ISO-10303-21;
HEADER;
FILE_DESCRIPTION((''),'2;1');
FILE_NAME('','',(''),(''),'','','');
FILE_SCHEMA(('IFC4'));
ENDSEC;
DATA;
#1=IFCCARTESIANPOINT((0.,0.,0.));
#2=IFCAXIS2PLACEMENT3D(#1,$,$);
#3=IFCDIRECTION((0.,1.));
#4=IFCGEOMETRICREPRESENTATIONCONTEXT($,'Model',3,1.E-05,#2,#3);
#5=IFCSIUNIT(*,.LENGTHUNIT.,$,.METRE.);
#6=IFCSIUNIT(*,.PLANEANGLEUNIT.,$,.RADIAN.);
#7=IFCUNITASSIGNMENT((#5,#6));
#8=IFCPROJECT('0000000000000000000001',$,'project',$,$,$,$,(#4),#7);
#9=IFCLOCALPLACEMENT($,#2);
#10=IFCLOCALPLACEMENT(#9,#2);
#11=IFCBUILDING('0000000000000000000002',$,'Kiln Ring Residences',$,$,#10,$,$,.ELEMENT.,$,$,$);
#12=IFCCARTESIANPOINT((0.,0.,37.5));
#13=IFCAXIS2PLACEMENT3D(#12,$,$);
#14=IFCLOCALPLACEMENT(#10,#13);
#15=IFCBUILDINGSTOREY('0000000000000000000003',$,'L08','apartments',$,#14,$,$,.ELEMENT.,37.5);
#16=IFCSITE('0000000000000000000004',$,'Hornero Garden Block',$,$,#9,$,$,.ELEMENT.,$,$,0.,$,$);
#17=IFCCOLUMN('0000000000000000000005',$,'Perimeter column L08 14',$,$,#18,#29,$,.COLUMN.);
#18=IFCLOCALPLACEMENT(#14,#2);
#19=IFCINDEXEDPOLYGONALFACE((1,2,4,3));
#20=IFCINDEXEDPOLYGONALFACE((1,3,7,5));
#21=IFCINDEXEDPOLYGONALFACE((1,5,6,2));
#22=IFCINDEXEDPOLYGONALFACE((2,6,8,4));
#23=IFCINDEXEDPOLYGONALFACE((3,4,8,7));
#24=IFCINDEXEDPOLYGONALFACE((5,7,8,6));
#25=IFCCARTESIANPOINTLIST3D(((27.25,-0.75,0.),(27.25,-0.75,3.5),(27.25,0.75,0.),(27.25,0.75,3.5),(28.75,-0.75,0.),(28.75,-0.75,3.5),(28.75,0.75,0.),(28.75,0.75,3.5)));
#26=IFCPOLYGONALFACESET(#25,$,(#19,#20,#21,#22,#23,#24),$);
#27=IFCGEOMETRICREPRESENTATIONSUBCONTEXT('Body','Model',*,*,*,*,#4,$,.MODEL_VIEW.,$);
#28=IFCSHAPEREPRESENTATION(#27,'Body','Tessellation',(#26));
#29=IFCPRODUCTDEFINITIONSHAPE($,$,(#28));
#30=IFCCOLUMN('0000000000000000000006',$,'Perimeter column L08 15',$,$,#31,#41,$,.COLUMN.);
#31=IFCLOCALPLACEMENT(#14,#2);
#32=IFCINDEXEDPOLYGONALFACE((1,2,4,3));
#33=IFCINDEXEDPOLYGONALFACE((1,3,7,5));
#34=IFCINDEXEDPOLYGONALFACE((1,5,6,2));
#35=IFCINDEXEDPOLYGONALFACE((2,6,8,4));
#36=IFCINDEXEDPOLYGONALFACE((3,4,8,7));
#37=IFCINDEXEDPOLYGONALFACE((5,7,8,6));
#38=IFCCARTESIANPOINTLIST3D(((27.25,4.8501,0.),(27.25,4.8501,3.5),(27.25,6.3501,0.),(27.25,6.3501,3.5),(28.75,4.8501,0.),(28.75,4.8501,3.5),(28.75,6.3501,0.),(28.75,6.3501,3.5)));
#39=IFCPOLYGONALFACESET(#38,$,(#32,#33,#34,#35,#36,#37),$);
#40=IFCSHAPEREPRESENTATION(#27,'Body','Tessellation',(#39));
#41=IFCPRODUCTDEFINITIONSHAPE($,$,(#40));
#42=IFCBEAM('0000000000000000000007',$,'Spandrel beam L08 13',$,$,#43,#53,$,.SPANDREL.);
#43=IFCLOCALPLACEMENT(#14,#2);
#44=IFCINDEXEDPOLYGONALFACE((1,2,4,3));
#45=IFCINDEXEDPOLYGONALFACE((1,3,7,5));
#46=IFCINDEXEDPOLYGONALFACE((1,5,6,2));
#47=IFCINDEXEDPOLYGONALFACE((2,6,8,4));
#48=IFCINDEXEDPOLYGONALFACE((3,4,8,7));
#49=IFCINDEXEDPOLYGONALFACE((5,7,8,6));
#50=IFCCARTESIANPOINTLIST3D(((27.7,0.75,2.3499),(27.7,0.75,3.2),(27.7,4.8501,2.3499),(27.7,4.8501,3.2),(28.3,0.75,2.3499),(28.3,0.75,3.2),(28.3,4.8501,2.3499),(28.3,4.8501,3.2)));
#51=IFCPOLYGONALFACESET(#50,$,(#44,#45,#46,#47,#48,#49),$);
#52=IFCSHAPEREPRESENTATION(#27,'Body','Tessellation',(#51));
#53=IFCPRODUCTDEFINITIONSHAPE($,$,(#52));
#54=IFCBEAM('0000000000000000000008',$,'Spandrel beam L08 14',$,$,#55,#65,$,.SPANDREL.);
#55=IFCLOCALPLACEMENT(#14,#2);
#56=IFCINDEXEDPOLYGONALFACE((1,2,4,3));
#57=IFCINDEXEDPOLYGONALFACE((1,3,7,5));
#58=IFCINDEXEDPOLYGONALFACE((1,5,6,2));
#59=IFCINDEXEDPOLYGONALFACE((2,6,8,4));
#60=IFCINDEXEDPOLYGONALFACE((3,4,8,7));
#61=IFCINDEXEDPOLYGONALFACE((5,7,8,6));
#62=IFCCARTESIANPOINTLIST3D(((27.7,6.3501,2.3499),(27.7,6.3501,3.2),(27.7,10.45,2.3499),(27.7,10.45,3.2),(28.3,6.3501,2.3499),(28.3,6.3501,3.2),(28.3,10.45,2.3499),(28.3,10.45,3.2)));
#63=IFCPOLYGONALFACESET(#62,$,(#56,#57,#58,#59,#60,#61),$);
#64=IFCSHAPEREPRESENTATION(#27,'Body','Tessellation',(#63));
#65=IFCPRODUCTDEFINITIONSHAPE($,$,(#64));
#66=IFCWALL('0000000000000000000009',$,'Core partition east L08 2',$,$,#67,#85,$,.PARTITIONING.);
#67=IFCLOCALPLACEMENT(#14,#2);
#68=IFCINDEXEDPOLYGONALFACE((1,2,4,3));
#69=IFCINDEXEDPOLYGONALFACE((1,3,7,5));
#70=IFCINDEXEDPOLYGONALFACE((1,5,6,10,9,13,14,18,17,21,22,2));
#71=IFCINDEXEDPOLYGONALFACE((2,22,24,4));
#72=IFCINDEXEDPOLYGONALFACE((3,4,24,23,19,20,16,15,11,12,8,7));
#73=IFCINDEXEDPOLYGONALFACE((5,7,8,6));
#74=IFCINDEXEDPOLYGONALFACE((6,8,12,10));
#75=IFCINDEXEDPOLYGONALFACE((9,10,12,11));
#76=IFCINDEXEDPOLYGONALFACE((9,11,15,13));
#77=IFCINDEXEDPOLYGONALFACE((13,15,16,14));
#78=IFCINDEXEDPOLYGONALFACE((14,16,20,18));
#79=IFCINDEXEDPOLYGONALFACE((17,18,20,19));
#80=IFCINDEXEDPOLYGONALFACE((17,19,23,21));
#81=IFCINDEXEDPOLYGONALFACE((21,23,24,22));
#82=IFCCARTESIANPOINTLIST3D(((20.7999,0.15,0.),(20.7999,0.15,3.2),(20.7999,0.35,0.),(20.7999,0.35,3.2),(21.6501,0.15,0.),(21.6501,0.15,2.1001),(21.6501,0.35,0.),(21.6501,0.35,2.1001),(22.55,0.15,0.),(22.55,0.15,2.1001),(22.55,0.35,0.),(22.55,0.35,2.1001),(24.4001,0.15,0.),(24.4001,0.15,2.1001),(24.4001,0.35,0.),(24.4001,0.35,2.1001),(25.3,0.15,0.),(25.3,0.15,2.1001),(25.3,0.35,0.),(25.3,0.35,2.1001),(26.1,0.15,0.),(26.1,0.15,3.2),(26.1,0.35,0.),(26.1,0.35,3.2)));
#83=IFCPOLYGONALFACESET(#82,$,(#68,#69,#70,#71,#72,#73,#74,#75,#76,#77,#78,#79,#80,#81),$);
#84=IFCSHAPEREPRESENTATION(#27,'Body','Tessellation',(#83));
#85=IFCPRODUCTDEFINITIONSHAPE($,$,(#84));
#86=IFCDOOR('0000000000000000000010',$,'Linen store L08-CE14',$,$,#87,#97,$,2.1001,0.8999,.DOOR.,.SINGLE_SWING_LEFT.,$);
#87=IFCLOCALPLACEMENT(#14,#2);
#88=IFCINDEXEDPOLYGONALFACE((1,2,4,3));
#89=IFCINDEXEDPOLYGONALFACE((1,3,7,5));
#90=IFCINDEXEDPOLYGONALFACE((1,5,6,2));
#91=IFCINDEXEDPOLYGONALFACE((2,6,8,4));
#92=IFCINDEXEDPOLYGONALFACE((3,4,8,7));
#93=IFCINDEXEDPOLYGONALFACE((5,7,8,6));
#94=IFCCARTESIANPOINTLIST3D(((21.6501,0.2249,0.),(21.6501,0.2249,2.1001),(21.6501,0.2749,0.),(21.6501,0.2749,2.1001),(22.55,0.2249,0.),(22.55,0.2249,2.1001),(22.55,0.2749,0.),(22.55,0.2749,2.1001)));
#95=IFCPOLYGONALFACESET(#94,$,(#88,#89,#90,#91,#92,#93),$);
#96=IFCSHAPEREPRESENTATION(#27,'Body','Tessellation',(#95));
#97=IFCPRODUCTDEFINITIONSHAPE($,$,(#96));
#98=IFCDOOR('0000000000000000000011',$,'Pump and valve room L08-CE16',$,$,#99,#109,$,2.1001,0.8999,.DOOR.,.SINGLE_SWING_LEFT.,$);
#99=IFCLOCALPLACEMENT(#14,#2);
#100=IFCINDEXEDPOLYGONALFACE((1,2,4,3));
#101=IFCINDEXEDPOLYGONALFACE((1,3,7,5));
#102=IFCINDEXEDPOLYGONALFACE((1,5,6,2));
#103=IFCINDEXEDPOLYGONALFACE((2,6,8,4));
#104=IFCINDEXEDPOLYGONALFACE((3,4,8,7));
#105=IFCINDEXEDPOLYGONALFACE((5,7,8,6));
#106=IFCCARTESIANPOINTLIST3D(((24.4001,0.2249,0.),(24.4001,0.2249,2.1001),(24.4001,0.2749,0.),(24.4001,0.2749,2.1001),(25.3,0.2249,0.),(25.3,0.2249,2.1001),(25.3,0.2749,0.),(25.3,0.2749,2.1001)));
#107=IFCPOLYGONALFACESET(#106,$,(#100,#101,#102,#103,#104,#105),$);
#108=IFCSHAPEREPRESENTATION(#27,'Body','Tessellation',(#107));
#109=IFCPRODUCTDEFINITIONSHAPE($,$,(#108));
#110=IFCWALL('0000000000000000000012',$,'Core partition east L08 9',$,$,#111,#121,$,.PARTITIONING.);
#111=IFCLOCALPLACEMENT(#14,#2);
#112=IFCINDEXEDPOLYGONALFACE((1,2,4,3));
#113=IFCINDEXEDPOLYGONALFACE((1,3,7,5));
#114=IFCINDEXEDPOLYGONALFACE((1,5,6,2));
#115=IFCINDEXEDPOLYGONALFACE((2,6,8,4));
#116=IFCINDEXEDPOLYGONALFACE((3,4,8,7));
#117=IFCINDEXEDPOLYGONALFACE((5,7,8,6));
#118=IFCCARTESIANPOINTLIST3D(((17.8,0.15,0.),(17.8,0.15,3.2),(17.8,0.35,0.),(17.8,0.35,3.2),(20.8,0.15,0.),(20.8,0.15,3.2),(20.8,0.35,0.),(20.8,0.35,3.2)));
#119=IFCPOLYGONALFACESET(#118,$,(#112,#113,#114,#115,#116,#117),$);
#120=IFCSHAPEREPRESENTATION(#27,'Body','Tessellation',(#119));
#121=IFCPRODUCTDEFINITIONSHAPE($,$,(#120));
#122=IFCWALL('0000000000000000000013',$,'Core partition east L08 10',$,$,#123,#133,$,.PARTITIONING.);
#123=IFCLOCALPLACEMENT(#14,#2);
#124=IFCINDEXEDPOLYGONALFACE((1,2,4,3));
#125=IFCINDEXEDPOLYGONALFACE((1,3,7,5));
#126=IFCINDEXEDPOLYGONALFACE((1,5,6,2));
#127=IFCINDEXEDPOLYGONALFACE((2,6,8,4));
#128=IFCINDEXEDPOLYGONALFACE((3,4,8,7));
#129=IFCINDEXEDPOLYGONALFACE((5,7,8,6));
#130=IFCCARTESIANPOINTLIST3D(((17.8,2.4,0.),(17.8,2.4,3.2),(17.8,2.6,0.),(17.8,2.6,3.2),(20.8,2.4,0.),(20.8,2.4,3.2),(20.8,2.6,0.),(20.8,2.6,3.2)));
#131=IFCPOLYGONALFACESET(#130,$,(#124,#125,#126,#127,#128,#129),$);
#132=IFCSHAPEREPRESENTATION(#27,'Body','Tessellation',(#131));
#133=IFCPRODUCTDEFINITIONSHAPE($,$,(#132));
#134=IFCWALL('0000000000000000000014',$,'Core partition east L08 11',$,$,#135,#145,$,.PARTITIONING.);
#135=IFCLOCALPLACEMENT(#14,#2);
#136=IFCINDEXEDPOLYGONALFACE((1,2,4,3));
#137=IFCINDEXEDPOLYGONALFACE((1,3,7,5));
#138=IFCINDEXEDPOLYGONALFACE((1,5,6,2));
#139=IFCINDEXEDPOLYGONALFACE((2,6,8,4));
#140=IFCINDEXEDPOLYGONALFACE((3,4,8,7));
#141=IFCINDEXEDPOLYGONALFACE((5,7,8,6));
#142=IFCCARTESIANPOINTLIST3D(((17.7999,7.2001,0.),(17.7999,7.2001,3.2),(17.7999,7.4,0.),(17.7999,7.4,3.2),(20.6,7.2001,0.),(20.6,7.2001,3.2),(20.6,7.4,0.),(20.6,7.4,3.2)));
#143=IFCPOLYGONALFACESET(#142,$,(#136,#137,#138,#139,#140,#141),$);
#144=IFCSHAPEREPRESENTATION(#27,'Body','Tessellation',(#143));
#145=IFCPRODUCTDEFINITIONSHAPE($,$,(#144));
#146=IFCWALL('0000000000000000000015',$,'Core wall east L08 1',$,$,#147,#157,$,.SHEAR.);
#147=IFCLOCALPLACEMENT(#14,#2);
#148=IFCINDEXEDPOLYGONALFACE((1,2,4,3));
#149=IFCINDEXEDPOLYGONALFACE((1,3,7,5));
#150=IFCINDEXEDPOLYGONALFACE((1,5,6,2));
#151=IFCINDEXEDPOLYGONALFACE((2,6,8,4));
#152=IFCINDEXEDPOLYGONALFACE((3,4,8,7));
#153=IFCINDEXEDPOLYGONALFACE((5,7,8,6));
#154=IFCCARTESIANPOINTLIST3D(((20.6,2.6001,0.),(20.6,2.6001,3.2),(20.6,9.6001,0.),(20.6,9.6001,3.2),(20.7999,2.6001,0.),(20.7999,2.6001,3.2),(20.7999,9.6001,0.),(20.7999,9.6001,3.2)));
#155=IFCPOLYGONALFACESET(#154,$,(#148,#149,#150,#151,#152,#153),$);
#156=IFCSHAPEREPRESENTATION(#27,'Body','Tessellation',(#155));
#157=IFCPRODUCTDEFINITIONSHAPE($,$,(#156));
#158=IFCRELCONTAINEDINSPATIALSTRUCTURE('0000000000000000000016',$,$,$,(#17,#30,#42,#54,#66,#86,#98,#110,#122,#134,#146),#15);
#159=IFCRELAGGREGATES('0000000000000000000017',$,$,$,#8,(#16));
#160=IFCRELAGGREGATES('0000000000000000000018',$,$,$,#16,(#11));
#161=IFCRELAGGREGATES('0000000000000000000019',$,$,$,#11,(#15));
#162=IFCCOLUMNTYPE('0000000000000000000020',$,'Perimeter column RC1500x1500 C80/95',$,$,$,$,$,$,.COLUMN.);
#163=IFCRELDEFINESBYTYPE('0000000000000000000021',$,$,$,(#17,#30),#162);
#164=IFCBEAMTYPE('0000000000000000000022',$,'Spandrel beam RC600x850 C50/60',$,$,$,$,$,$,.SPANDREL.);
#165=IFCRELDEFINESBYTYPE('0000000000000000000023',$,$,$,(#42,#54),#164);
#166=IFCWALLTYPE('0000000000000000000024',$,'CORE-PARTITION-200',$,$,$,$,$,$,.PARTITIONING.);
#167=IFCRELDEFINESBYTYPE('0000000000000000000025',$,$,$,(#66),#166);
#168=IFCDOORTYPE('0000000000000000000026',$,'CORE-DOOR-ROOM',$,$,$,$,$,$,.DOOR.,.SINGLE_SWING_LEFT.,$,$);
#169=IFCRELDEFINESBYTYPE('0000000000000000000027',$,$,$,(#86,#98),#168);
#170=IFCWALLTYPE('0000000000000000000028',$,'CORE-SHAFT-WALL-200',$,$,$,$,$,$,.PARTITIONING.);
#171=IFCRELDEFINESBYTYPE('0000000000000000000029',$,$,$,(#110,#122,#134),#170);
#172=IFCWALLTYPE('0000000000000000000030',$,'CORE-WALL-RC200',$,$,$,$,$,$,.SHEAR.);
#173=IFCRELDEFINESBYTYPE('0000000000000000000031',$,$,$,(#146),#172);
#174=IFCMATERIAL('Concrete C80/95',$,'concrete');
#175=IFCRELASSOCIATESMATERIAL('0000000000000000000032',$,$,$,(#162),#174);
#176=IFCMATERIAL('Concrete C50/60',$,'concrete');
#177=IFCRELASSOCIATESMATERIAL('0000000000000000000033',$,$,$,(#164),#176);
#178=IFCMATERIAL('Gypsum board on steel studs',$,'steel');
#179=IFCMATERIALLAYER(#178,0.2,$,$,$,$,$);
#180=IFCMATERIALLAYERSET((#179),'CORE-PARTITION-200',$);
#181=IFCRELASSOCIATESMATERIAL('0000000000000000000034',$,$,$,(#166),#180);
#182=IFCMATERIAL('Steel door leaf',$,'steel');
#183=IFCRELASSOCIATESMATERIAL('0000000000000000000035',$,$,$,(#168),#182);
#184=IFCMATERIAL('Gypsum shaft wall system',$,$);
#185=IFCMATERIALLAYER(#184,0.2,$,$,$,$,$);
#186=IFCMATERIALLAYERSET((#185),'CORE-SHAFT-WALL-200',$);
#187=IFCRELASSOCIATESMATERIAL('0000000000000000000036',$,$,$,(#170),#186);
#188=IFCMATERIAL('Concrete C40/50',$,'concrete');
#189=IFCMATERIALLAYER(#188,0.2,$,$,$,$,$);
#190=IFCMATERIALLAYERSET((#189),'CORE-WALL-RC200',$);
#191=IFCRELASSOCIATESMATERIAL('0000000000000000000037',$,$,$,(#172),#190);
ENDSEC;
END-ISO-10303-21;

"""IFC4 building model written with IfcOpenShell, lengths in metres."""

from ifc_helpers import new_model, si_unit, direction, frame, frame_2d, origin, origin_2d, place, context, subcontext, project, spatial, rectangle, extrude, material, layer, layer_set, material_profile, profile_set, type_object, element, fill, save


model = new_model("IFC4")

# Units and contexts
model_context = context("Model", 3, precision=1e-05, world=origin(), true_north=direction((0.0, 1.0)))
body_context = subcontext(model_context, "Body", "Model", "MODEL_VIEW")
ifc_project = project(units=[si_unit("LENGTHUNIT", "METRE"), si_unit("PLANEANGLEUNIT", "RADIAN")], contexts=[model_context])

# Site, building, storey
site_placement = place(None, origin())
site = spatial("IfcSite", under=ifc_project, at=site_placement, Name="Hornero Garden Block", CompositionType="ELEMENT", RefElevation=0.0)
building_placement = place(site_placement, origin())
building = spatial("IfcBuilding", under=site, at=building_placement, Name="Kiln Ring Residences", CompositionType="ELEMENT")
storey_placement = place(building_placement, frame((0.0, 0.0, 37.5)))
storey = spatial("IfcBuildingStorey", under=building, at=storey_placement, Name="L08", Description="apartments", CompositionType="ELEMENT", Elevation=37.5)

# Columns
ifc_material_1 = material(Name="Concrete C80/95", Category="concrete")
ifc_material_profile_1 = material_profile(ifc_material_1, rectangle(XDim=1.5, YDim=1.5, at=origin_2d()), Name="RC1500x1500")
ifc_profile_set_1 = profile_set([ifc_material_profile_1], Name="Concrete C80/95")
column_type = type_object("IfcColumnType", Name="Perimeter column RC1500x1500 C80/95", PredefinedType="COLUMN", material=ifc_profile_set_1)
for number, where, z_axis, x_axis, name in (
    (1, (28.0, 0.0, 0.0), (0.0, 0.0, 1.0), (1.0, 0.0, 0.0), "Perimeter column L08 14"),
    (2, (28.0, 5.6001, 0.0), (0.0, 0.0, 1.0), (1.0, 0.0, 0.0), "Perimeter column L08 15"),
):
    element("IfcColumn", number, at=place(storey_placement, frame(where, z_axis=z_axis, x_axis=x_axis)), inside=storey, type_object=column_type, Name=name, PredefinedType="COLUMN", context=body_context, shape_type="SweptSolid", body=[
        extrude(rectangle(XDim=1.5, YDim=1.5, at=origin_2d()), origin(), (0.0, 0.0, 1.0), 3.5),
    ])

# Beams
ifc_material_2 = material(Name="Concrete C50/60", Category="concrete")
ifc_material_profile_2 = material_profile(ifc_material_2, rectangle(XDim=0.6001, YDim=0.8501, at=origin_2d()), Name="RC600x850")
ifc_profile_set_2 = profile_set([ifc_material_profile_2], Name="Concrete C50/60")
beam_type = type_object("IfcBeamType", Name="Spandrel beam RC600x850 C50/60", PredefinedType="SPANDREL", material=ifc_profile_set_2)
beam_1_placement = place(storey_placement, frame((28.0, 0.75, 2.7749), z_axis=(0.0, 1.0, 0.0), x_axis=(-1.0, 0.0, 0.0)))
element("IfcBeam", 3, at=beam_1_placement, inside=storey, type_object=beam_type, Name="Spandrel beam L08 13", PredefinedType="SPANDREL", context=body_context, shape_type="SweptSolid", body=[
    extrude(rectangle(XDim=0.6001, YDim=0.8501, at=origin_2d()), origin(), (0.0, 0.0, 1.0), 4.1001),
])
beam_2_placement = place(storey_placement, frame((28.0, 6.3501, 2.7749), z_axis=(0.0, 1.0, 0.0), x_axis=(-1.0, 0.0, 0.0)))
element("IfcBeam", 4, at=beam_2_placement, inside=storey, type_object=beam_type, Name="Spandrel beam L08 14", PredefinedType="SPANDREL", context=body_context, shape_type="SweptSolid", body=[
    extrude(rectangle(XDim=0.6001, YDim=0.8501, at=origin_2d()), origin(), (0.0, 0.0, 1.0), 4.0999),
])

# Wall, openings, doors
ifc_material_3 = material(Name="Gypsum board on steel studs", Category="steel")
ifc_layer_1 = layer(ifc_material_3, 0.2)
ifc_layer_set_1 = layer_set([ifc_layer_1], Name="CORE-PARTITION-200")
wall_type_1 = type_object("IfcWallType", Name="CORE-PARTITION-200", PredefinedType="PARTITIONING", material=ifc_layer_set_1)
wall_1_placement = place(storey_placement, frame((20.8, 0.25, 0.0), z_axis=(0.0, 0.0, 1.0), x_axis=(1.0, 0.0, 0.0)))
wall_1 = element("IfcWall", 5, at=wall_1_placement, inside=storey, type_object=wall_type_1, Name="Core partition east L08 2", PredefinedType="PARTITIONING", context=body_context, shape_type="SweptSolid", body=[
    extrude(rectangle(XDim=5.3, YDim=0.2, at=frame_2d((2.6499, 0.0))), origin(), (0.0, 0.0, 1.0), 3.2),
])
opening_1_placement = place(wall_1_placement, frame((0.8501, 0.0, 0.0)))
opening_1 = element("IfcOpeningElement", 6, at=opening_1_placement, cuts=wall_1, PredefinedType="OPENING", context=body_context, shape_type="SweptSolid", body=[
    extrude(rectangle(XDim=0.8999, YDim=2.1001, at=frame_2d((0.45, 1.05))), frame((0.0, 0.1099, 0.0), z_axis=(0.0, -1.0, 0.0), x_axis=(1.0, 0.0, 0.0)), (0.0, 0.0, 1.0), 0.22),
])
opening_2_placement = place(wall_1_placement, frame((3.6001, 0.0, 0.0)))
opening_2 = element("IfcOpeningElement", 7, at=opening_2_placement, cuts=wall_1, PredefinedType="OPENING", context=body_context, shape_type="SweptSolid", body=[
    extrude(rectangle(XDim=0.8999, YDim=2.1001, at=frame_2d((0.45, 1.05))), frame((0.0, 0.1099, 0.0), z_axis=(0.0, -1.0, 0.0), x_axis=(1.0, 0.0, 0.0)), (0.0, 0.0, 1.0), 0.22),
])
ifc_material_4 = material(Name="Steel door leaf", Category="steel")
door_type = type_object("IfcDoorType", Name="CORE-DOOR-ROOM", OperationType="SINGLE_SWING_LEFT", PredefinedType="DOOR", material=ifc_material_4)
door_1_placement = place(opening_1_placement, origin())
door_1 = element("IfcDoor", 8, at=door_1_placement, inside=storey, type_object=door_type, Name="Linen store L08-CE14", OperationType="SINGLE_SWING_LEFT", OverallHeight=2.1001, OverallWidth=0.8999, PredefinedType="DOOR", context=body_context, shape_type="SweptSolid", body=[
    extrude(rectangle(XDim=0.8999, YDim=2.1001, at=frame_2d((0.45, 1.05))), frame((0.0, 0.0249, 0.0), z_axis=(0.0, -1.0, 0.0), x_axis=(1.0, 0.0, 0.0)), (0.0, 0.0, 1.0), 0.05),
])
fill(opening_1, door_1)
door_2_placement = place(opening_2_placement, origin())
door_2 = element("IfcDoor", 9, at=door_2_placement, inside=storey, type_object=door_type, Name="Pump and valve room L08-CE16", OperationType="SINGLE_SWING_LEFT", OverallHeight=2.1001, OverallWidth=0.8999, PredefinedType="DOOR", context=body_context, shape_type="SweptSolid", body=[
    extrude(rectangle(XDim=0.8999, YDim=2.1001, at=frame_2d((0.45, 1.05))), frame((0.0, 0.0249, 0.0), z_axis=(0.0, -1.0, 0.0), x_axis=(1.0, 0.0, 0.0)), (0.0, 0.0, 1.0), 0.05),
])
fill(opening_2, door_2)

# Walls
ifc_material_5 = material(Name="Gypsum shaft wall system")
ifc_layer_2 = layer(ifc_material_5, 0.2)
ifc_layer_set_2 = layer_set([ifc_layer_2], Name="CORE-SHAFT-WALL-200")
wall_type_2 = type_object("IfcWallType", Name="CORE-SHAFT-WALL-200", PredefinedType="PARTITIONING", material=ifc_layer_set_2)
for number, where, z_axis, x_axis, name in (
    (10, (17.8, 0.25, 0.0), (0.0, 0.0, 1.0), (1.0, 0.0, 0.0), "Core partition east L08 9"),
    (11, (17.8, 2.5, 0.0), (0.0, 0.0, 1.0), (1.0, 0.0, 0.0), "Core partition east L08 10"),
):
    element("IfcWall", number, at=place(storey_placement, frame(where, z_axis=z_axis, x_axis=x_axis)), inside=storey, type_object=wall_type_2, Name=name, PredefinedType="PARTITIONING", context=body_context, shape_type="SweptSolid", body=[
        extrude(rectangle(XDim=3.0, YDim=0.2, at=frame_2d((1.5, 0.0))), origin(), (0.0, 0.0, 1.0), 3.2),
    ])
wall_2_placement = place(storey_placement, frame((17.8, 7.3, 0.0), z_axis=(0.0, 0.0, 1.0), x_axis=(1.0, 0.0, 0.0)))
element("IfcWall", 12, at=wall_2_placement, inside=storey, type_object=wall_type_2, Name="Core partition east L08 11", PredefinedType="PARTITIONING", context=body_context, shape_type="SweptSolid", body=[
    extrude(rectangle(XDim=2.8, YDim=0.2, at=frame_2d((1.3999, 0.0))), origin(), (0.0, 0.0, 1.0), 3.2),
])
ifc_material_6 = material(Name="Concrete C40/50", Category="concrete")
ifc_layer_3 = layer(ifc_material_6, 0.2)
ifc_layer_set_3 = layer_set([ifc_layer_3], Name="CORE-WALL-RC200")
wall_type_3 = type_object("IfcWallType", Name="CORE-WALL-RC200", PredefinedType="SHEAR", material=ifc_layer_set_3)
wall_3_placement = place(storey_placement, frame((20.7, 2.6001, 0.0), z_axis=(0.0, 0.0, 1.0), x_axis=(0.0, 1.0, 0.0)))
element("IfcWall", 13, at=wall_3_placement, inside=storey, type_object=wall_type_3, Name="Core wall east L08 1", PredefinedType="SHEAR", context=body_context, shape_type="SweptSolid", body=[
    extrude(rectangle(XDim=7.0, YDim=0.2, at=frame_2d((3.5, 0.0))), origin(), (0.0, 0.0, 1.0), 3.2),
])

save(model, "model.ifc")
